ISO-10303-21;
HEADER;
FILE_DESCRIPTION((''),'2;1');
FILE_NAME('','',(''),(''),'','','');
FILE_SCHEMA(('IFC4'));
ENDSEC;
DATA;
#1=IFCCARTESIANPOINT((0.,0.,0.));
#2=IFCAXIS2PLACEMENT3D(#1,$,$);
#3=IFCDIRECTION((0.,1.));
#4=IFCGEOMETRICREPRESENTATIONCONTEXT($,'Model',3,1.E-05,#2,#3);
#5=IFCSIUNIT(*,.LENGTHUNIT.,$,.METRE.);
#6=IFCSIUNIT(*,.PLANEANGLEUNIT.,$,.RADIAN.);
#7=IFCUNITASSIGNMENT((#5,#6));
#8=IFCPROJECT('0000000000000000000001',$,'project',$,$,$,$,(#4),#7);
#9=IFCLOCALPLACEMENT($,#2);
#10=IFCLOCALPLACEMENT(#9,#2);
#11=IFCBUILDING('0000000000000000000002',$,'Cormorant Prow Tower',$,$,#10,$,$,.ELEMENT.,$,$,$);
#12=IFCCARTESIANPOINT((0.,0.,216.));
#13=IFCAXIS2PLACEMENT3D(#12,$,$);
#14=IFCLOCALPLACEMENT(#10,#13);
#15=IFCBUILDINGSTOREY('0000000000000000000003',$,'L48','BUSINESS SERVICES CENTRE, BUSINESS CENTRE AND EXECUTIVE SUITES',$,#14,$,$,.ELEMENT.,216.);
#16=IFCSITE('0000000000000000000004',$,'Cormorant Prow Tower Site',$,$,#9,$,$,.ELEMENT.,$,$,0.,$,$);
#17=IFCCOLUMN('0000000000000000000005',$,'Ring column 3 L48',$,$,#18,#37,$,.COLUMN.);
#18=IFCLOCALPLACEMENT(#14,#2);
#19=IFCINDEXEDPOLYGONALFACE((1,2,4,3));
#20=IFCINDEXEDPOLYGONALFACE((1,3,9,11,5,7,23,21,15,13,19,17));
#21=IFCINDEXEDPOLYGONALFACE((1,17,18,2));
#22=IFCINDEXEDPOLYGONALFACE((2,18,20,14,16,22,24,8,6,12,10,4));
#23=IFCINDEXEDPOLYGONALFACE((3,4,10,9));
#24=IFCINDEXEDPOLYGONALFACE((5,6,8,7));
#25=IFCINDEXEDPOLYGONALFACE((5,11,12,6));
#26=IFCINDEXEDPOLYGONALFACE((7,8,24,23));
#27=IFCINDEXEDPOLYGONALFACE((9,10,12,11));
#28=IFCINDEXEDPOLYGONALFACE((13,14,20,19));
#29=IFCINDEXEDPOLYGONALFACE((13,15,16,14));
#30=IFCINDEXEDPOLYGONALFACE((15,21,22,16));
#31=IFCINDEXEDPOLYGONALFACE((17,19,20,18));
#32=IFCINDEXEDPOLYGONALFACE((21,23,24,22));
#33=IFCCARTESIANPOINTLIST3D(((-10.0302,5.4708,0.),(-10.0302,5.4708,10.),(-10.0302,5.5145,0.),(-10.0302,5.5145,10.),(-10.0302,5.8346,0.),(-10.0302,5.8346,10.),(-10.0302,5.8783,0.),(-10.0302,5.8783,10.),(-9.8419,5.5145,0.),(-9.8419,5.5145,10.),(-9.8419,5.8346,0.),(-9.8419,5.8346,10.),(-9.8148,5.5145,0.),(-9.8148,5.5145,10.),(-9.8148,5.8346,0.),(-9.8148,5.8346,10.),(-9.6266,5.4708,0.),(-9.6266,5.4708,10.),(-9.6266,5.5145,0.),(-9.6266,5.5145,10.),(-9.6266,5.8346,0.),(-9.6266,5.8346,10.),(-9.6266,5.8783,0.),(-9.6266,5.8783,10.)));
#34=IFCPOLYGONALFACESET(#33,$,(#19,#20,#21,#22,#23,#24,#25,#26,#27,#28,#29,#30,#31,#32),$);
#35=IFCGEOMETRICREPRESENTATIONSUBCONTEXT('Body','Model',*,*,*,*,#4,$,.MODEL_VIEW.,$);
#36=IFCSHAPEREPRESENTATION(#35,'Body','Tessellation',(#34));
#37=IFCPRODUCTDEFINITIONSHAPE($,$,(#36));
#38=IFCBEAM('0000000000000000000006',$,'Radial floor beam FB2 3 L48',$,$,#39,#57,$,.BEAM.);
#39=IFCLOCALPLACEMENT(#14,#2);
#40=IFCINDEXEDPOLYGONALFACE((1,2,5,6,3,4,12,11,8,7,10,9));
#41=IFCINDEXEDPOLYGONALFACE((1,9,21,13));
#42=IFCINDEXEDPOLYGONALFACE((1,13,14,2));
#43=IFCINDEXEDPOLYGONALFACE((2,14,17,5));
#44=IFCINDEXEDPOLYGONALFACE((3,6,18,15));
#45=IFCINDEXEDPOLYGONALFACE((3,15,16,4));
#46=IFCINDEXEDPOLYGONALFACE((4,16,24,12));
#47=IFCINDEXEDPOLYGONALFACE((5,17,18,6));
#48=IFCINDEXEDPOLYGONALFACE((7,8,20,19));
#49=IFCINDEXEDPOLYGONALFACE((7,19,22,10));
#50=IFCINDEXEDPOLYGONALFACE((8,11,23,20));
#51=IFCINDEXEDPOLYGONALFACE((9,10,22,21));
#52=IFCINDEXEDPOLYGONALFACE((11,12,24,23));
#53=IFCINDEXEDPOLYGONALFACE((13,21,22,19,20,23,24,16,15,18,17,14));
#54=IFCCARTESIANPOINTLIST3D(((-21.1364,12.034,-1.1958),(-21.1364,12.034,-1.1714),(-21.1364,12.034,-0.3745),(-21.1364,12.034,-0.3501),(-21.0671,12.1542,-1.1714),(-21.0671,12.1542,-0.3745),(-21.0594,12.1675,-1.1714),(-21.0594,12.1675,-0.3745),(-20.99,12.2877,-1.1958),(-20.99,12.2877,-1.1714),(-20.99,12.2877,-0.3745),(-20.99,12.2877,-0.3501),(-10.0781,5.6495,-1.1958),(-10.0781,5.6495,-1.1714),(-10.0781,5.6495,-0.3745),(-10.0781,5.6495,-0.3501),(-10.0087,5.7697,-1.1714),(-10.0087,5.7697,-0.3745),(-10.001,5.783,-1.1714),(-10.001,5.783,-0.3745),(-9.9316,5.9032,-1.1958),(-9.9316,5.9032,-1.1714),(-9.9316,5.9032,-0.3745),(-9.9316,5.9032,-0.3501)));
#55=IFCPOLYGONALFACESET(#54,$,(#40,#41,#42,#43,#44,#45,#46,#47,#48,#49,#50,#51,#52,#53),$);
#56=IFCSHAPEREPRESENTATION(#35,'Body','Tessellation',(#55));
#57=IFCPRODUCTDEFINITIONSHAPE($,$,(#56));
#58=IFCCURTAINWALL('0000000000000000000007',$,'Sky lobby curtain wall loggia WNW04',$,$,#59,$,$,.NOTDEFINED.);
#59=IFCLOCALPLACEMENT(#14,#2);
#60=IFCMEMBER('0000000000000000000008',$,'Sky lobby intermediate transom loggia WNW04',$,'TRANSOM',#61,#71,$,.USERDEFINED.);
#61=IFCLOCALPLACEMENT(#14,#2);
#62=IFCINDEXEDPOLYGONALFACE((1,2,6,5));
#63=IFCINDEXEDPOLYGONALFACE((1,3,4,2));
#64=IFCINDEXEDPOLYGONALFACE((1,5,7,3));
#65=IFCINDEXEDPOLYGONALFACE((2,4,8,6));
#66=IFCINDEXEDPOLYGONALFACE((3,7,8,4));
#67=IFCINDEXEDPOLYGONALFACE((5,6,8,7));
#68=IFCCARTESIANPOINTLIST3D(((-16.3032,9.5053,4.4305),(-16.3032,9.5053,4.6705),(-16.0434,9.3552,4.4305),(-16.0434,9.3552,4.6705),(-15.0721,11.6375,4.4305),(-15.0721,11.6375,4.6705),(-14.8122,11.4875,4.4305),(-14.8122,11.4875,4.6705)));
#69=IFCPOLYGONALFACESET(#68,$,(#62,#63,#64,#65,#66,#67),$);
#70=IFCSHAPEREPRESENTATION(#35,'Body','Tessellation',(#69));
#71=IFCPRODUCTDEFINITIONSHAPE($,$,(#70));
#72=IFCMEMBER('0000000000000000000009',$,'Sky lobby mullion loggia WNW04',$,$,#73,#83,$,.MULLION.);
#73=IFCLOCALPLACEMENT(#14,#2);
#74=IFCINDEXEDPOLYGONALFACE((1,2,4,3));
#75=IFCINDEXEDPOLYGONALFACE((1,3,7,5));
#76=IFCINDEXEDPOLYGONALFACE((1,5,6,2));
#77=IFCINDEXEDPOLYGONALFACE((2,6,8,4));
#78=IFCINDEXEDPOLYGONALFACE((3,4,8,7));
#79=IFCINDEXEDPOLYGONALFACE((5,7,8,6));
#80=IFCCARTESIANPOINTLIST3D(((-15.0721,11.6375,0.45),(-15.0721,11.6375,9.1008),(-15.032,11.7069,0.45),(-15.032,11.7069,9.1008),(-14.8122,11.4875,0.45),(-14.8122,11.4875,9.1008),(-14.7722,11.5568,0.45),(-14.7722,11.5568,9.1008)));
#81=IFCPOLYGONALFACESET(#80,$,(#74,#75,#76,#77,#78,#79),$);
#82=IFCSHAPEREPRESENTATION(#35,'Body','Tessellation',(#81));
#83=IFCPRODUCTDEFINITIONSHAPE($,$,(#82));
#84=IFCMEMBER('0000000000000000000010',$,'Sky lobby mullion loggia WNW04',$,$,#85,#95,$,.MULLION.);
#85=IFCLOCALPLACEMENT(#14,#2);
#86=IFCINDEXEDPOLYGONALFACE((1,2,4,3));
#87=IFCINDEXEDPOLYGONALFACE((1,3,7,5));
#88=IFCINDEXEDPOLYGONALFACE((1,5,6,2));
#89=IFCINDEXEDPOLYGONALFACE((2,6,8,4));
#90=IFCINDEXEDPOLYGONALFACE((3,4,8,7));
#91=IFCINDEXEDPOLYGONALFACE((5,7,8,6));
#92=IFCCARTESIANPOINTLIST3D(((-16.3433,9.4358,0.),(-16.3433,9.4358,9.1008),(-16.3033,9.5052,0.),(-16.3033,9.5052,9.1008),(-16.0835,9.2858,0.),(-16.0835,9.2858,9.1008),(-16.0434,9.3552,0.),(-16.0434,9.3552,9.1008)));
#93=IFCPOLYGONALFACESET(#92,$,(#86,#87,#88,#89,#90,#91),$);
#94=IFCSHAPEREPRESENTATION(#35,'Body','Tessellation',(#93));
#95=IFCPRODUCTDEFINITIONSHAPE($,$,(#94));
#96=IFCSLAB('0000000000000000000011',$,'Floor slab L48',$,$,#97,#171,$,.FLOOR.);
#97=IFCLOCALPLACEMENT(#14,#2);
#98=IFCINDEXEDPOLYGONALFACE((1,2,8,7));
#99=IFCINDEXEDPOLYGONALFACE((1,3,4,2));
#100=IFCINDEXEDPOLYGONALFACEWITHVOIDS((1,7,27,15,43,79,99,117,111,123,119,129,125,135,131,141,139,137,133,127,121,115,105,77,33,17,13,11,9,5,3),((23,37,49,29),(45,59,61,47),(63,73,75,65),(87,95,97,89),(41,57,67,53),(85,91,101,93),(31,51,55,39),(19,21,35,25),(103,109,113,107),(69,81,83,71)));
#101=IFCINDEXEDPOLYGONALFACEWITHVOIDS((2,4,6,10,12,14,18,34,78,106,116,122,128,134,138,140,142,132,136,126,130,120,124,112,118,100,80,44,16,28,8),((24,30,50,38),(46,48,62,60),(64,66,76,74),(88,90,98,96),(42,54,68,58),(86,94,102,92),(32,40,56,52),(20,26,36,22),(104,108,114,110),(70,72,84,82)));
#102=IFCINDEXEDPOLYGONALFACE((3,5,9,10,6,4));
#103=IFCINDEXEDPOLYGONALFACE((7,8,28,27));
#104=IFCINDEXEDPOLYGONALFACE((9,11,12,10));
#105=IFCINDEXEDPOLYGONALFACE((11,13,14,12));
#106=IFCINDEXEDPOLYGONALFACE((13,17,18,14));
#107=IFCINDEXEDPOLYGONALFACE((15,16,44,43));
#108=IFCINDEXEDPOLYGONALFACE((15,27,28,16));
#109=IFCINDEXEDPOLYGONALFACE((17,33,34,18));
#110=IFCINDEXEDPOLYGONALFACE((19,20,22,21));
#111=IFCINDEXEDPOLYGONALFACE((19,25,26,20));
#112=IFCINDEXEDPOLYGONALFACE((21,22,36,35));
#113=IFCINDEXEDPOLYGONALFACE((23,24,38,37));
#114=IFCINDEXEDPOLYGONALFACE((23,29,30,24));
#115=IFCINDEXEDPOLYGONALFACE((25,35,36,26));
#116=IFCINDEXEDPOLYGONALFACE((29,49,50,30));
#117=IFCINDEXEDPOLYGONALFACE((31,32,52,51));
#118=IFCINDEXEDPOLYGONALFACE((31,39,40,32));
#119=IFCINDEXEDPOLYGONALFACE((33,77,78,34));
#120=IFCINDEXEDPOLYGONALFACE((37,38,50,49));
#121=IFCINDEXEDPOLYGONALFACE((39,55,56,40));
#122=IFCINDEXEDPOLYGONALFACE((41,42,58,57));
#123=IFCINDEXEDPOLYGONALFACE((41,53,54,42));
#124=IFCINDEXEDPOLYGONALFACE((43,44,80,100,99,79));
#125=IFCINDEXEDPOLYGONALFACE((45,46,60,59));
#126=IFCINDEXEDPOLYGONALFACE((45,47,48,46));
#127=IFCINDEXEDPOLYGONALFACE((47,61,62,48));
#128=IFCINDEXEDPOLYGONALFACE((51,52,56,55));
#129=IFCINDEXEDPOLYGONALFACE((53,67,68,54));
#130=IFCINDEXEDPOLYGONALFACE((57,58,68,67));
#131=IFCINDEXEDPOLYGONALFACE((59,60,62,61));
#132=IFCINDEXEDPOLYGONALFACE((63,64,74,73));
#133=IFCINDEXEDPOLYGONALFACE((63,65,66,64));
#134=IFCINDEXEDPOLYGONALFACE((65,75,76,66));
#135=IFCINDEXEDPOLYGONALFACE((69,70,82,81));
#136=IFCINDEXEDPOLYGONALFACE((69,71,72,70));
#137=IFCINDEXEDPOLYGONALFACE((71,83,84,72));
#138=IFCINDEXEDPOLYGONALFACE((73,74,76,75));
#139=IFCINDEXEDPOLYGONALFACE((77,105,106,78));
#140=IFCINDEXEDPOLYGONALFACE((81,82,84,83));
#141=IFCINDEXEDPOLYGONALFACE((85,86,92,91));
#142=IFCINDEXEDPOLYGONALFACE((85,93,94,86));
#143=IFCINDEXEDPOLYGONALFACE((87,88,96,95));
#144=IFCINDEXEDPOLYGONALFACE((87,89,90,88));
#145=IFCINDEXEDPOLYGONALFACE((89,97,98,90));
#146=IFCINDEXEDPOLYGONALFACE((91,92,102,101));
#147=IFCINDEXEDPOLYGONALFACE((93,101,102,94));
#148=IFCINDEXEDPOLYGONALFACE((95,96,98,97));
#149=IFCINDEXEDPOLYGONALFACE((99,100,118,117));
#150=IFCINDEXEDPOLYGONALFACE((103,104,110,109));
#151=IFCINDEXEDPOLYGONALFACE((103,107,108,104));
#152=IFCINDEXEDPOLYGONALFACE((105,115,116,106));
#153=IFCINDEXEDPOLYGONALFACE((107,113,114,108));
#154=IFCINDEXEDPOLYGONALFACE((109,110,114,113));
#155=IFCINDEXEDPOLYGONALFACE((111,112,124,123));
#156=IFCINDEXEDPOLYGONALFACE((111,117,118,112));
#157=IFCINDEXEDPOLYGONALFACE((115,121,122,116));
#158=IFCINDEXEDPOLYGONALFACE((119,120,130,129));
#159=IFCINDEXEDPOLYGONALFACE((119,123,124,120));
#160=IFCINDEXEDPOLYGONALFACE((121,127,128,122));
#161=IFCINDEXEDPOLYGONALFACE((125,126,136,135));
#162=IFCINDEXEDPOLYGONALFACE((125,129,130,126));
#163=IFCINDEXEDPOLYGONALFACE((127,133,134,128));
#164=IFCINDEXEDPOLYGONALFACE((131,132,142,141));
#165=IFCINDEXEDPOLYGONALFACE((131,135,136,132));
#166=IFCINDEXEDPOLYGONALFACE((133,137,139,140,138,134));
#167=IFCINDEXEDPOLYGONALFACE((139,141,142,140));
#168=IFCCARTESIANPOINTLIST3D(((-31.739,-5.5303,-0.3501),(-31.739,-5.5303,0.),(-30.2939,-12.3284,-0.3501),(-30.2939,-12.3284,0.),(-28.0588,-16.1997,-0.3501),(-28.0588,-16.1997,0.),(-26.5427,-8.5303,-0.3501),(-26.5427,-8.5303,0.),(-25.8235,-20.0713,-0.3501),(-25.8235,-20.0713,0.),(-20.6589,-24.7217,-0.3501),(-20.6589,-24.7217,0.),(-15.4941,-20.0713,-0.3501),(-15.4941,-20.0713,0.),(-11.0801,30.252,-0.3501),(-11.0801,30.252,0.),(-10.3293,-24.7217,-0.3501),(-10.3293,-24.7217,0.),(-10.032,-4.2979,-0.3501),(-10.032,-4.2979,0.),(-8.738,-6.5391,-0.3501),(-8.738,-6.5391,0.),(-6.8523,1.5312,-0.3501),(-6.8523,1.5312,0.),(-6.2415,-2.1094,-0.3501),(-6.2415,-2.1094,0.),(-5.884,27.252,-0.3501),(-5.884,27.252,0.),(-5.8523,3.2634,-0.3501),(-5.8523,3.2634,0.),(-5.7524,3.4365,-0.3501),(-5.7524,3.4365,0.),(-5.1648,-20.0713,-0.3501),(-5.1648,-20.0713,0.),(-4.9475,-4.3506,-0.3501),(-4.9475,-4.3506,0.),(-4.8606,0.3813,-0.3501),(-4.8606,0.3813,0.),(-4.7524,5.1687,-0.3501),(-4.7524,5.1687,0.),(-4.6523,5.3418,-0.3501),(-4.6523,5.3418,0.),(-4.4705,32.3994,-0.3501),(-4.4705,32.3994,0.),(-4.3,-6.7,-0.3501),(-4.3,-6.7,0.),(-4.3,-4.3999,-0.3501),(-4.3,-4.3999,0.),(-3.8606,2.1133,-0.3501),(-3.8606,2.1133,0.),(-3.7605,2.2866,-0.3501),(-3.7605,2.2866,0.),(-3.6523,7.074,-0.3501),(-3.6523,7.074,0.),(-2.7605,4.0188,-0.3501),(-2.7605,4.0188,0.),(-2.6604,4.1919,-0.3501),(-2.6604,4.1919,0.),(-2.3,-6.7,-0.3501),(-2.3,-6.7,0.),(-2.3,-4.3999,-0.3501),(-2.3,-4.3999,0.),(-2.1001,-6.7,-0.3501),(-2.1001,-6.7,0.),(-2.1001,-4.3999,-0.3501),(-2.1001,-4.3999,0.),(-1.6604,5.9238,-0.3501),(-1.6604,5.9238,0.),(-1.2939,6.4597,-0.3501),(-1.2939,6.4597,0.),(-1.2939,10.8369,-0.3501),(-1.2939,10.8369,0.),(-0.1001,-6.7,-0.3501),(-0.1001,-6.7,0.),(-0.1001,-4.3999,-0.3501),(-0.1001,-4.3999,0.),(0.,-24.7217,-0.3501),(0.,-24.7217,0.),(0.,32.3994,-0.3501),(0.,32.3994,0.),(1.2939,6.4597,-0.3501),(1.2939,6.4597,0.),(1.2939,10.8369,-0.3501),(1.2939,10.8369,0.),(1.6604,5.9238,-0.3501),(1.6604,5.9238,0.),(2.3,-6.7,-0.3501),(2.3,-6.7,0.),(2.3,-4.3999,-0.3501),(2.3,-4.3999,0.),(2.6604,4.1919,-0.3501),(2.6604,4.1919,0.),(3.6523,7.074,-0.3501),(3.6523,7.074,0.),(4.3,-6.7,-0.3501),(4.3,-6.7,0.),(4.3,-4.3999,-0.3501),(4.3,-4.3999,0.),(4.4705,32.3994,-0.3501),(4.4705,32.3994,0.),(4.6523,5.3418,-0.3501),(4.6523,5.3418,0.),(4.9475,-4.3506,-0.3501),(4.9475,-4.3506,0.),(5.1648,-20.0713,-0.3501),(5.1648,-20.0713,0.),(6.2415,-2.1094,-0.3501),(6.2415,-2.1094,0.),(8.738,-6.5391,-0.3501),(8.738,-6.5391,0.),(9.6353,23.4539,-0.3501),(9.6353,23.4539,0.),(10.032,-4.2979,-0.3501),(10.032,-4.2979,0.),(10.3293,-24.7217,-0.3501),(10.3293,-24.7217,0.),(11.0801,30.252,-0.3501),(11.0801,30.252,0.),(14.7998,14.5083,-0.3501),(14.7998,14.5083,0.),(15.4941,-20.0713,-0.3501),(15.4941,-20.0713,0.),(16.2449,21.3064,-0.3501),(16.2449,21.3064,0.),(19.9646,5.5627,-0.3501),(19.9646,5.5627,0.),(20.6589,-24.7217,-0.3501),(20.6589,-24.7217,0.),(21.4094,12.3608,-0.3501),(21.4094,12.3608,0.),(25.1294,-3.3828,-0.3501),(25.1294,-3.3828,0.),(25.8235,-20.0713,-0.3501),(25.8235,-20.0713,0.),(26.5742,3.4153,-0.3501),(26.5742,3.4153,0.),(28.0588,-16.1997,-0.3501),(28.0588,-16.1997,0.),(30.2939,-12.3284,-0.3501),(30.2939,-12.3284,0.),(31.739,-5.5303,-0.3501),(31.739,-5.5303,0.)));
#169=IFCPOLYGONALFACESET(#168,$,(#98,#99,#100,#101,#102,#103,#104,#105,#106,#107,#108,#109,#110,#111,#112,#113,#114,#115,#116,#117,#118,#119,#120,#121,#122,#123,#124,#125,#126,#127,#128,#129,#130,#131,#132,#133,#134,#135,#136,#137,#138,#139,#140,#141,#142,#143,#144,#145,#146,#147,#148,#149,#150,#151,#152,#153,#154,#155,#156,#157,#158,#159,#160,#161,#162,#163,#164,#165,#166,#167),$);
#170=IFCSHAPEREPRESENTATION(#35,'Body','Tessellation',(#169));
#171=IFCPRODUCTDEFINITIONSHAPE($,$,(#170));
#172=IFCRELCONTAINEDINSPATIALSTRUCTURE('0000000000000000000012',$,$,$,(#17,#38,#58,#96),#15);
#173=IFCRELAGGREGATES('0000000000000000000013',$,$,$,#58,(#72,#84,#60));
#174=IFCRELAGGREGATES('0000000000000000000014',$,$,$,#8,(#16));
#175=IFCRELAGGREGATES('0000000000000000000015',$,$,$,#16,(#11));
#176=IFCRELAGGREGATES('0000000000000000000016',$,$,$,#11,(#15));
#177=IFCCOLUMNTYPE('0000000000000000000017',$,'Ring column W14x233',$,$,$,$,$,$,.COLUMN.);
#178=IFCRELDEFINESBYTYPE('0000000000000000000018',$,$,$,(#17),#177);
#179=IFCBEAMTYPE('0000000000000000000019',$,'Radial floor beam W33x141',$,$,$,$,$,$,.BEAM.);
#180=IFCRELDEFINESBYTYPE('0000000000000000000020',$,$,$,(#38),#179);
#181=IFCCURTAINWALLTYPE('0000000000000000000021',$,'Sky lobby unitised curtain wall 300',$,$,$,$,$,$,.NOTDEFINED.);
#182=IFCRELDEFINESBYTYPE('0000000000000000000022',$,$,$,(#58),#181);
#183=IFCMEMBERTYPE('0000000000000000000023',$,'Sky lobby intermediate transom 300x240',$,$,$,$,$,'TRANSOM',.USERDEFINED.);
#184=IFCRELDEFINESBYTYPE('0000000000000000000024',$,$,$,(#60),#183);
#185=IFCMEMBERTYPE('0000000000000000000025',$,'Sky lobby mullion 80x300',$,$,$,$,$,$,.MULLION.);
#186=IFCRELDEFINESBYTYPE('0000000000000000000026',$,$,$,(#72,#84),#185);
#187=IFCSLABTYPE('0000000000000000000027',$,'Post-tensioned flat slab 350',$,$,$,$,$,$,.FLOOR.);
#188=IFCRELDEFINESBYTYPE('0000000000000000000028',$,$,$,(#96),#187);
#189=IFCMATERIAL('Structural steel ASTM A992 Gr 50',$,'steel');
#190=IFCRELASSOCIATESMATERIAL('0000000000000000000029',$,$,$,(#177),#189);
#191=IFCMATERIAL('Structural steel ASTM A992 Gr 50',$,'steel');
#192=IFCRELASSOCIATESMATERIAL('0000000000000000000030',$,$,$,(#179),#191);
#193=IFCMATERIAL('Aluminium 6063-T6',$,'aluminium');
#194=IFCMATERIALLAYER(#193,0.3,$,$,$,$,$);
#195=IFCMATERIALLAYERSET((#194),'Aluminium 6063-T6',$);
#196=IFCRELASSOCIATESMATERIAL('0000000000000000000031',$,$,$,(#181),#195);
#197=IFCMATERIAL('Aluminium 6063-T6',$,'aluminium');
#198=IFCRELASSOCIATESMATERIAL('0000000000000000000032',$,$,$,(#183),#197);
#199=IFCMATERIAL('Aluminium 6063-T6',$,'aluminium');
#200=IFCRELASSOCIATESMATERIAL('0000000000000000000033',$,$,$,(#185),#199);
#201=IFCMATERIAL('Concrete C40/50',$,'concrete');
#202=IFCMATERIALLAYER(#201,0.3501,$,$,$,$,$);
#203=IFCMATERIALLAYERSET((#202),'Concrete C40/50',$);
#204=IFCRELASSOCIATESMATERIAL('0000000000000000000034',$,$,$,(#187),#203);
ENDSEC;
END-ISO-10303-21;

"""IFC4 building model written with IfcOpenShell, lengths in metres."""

from ifc_helpers import new_model, si_unit, direction, frame, origin, origin_2d, place, context, subcontext, project, spatial, polyline, rectangle, i_section, outline, extrude, material, layer, layer_set, material_profile, profile_set, type_object, element, aggregate, save


model = new_model("IFC4")

# Units and contexts
model_context = context("Model", 3, precision=1e-05, world=origin(), true_north=direction((0.0, 1.0)))
body_context = subcontext(model_context, "Body", "Model", "MODEL_VIEW")
ifc_project = project(units=[si_unit("LENGTHUNIT", "METRE"), si_unit("PLANEANGLEUNIT", "RADIAN")], contexts=[model_context])

# Site, building, storey
site_placement = place(None, origin())
site = spatial("IfcSite", under=ifc_project, at=site_placement, Name="Cormorant Prow Tower Site", CompositionType="ELEMENT", RefElevation=0.0)
building_placement = place(site_placement, origin())
building = spatial("IfcBuilding", under=site, at=building_placement, Name="Cormorant Prow Tower", CompositionType="ELEMENT")
storey_placement = place(building_placement, frame((0.0, 0.0, 216.0)))
storey = spatial("IfcBuildingStorey", under=building, at=storey_placement, Name="L48", Description="BUSINESS SERVICES CENTRE, BUSINESS CENTRE AND EXECUTIVE SUITES", CompositionType="ELEMENT", Elevation=216.0)

# Column
ifc_material_1 = material(Name="Structural steel ASTM A992 Gr 50", Category="steel")
ifc_material_profile_1 = material_profile(ifc_material_1, i_section(OverallWidth=0.4036, OverallDepth=0.4075, WebThickness=0.0271, FlangeThickness=0.0437, at=origin_2d()), Name="W14x233")
ifc_profile_set_1 = profile_set([ifc_material_profile_1], Name="Structural steel ASTM A992 Gr 50")
column_type = type_object("IfcColumnType", Name="Ring column W14x233", PredefinedType="COLUMN", material=ifc_profile_set_1)
column_placement = place(storey_placement, frame((-9.8284, 5.6746, 0.0), z_axis=(0.0, 0.0, 1.0), x_axis=(1.0, 0.0, 0.0)))
element("IfcColumn", 1, at=column_placement, inside=storey, type_object=column_type, Name="Ring column 3 L48", PredefinedType="COLUMN", context=body_context, shape_type="SweptSolid", body=[
    extrude(i_section(OverallWidth=0.4036, OverallDepth=0.4075, WebThickness=0.0271, FlangeThickness=0.0437, at=origin_2d()), origin(), (0.0, 0.0, 1.0), 10.0),
])

# Beam
ifc_material_2 = material(Name="Structural steel ASTM A992 Gr 50", Category="steel")
ifc_material_profile_2 = material_profile(ifc_material_2, i_section(OverallWidth=0.293, OverallDepth=0.8457, WebThickness=0.0154, FlangeThickness=0.0244, at=origin_2d()), Name="W33x141")
ifc_profile_set_2 = profile_set([ifc_material_profile_2], Name="Structural steel ASTM A992 Gr 50")
beam_type = type_object("IfcBeamType", Name="Radial floor beam W33x141", PredefinedType="BEAM", material=ifc_profile_set_2)
beam_placement = place(storey_placement, frame((-10.0049, 5.7764, -0.7729), z_axis=(-0.866026, 0.499999, 0.0), x_axis=(-0.499999, -0.866026, 0.0)))
element("IfcBeam", 2, at=beam_placement, inside=storey, type_object=beam_type, Name="Radial floor beam FB2 3 L48", PredefinedType="BEAM", context=body_context, shape_type="SweptSolid", body=[
    extrude(i_section(OverallWidth=0.293, OverallDepth=0.8457, WebThickness=0.0154, FlangeThickness=0.0244, at=origin_2d()), origin(), (0.0, 0.0, 1.0), 12.769),
])

# Curtain wall, members
ifc_material_3 = material(Name="Aluminium 6063-T6", Category="aluminium")
ifc_layer_1 = layer(ifc_material_3, 0.3)
ifc_layer_set_1 = layer_set([ifc_layer_1], Name="Aluminium 6063-T6")
curtain_wall_type = type_object("IfcCurtainWallType", Name="Sky lobby unitised curtain wall 300", PredefinedType="NOTDEFINED", material=ifc_layer_set_1)
curtain_wall_placement = place(storey_placement, origin())
curtain_wall = element("IfcCurtainWall", 3, at=curtain_wall_placement, inside=storey, type_object=curtain_wall_type, Name="Sky lobby curtain wall loggia WNW04", PredefinedType="NOTDEFINED")
ifc_material_4 = material(Name="Aluminium 6063-T6", Category="aluminium")
ifc_material_profile_3 = material_profile(ifc_material_4, rectangle(XDim=0.3, YDim=0.24, at=origin_2d()), Name="Sky lobby intermediate transom 300x240")
ifc_profile_set_3 = profile_set([ifc_material_profile_3], Name="Aluminium 6063-T6")
member_type_1 = type_object("IfcMemberType", Name="Sky lobby intermediate transom 300x240", ElementType="TRANSOM", PredefinedType="USERDEFINED", material=ifc_profile_set_3)
member_1_placement = place(storey_placement, frame((-14.9421, 11.5625, 4.5505), z_axis=(-0.500031, -0.866007, 0.0), x_axis=(0.866007, -0.500031, 0.0)))
member_1 = element("IfcMember", 4, at=member_1_placement, type_object=member_type_1, Name="Sky lobby intermediate transom loggia WNW04", ObjectType="TRANSOM", PredefinedType="USERDEFINED", context=body_context, shape_type="SweptSolid", body=[
    extrude(rectangle(XDim=0.3, YDim=0.24, at=origin_2d()), origin(), (0.0, 0.0, 1.0), 2.4622),
])
ifc_material_5 = material(Name="Aluminium 6063-T6", Category="aluminium")
ifc_material_profile_4 = material_profile(ifc_material_5, rectangle(XDim=0.3, YDim=0.0801, at=origin_2d()), Name="Sky lobby mullion 80x300")
ifc_profile_set_4 = profile_set([ifc_material_profile_4], Name="Aluminium 6063-T6")
member_type_2 = type_object("IfcMemberType", Name="Sky lobby mullion 80x300", PredefinedType="MULLION", material=ifc_profile_set_4)
member_2_placement = place(storey_placement, frame((-14.9221, 11.5972, 0.45), z_axis=(0.0, 0.0, 1.0), x_axis=(0.866025, -0.5, 0.0)))
member_2 = element("IfcMember", 5, at=member_2_placement, type_object=member_type_2, Name="Sky lobby mullion loggia WNW04", PredefinedType="MULLION", context=body_context, shape_type="SweptSolid", body=[
    extrude(rectangle(XDim=0.3, YDim=0.0801, at=origin_2d()), origin(), (0.0, 0.0, 1.0), 8.6509),
])
member_3_placement = place(storey_placement, frame((-16.1934, 9.3955, 0.0), z_axis=(0.0, 0.0, 1.0), x_axis=(0.866025, -0.5, 0.0)))
member_3 = element("IfcMember", 6, at=member_3_placement, type_object=member_type_2, Name="Sky lobby mullion loggia WNW04", PredefinedType="MULLION", context=body_context, shape_type="SweptSolid", body=[
    extrude(rectangle(XDim=0.3, YDim=0.0801, at=origin_2d()), origin(), (0.0, 0.0, 1.0), 9.1008),
])

# Slab
ifc_material_6 = material(Name="Concrete C40/50", Category="concrete")
ifc_layer_2 = layer(ifc_material_6, 0.3501)
ifc_layer_set_2 = layer_set([ifc_layer_2], Name="Concrete C40/50")
slab_type = type_object("IfcSlabType", Name="Post-tensioned flat slab 350", PredefinedType="FLOOR", material=ifc_layer_set_2)
slab_placement = place(storey_placement, frame((0.0, 0.0, -0.3501)))
element("IfcSlab", 7, at=slab_placement, inside=storey, type_object=slab_type, Name="Floor slab L48", PredefinedType="FLOOR", context=body_context, shape_type="SweptSolid", body=[
    extrude(outline(polyline([(25.1294, -3.3828), (26.5742, 3.4153), (19.9646, 5.5627), (21.4094, 12.3608), (14.7998, 14.5083), (16.2449, 21.3064), (9.6353, 23.4539), (11.0801, 30.252), (4.4705, 32.3994), (0.0, 32.3994), (-4.4705, 32.3994), (-11.0801, 30.252), (-5.884, 27.252), (-26.5427, -8.5303), (-31.739, -5.5303), (-30.2939, -12.3284), (-28.0588, -16.1997), (-25.8235, -20.0713), (-20.6589, -24.7217), (-15.4941, -20.0713), (-10.3293, -24.7217), (-5.1648, -20.0713), (0.0, -24.7217), (5.1648, -20.0713), (10.3293, -24.7217), (15.4941, -20.0713), (20.6589, -24.7217), (25.8235, -20.0713), (28.0588, -16.1997), (30.2939, -12.3284), (31.739, -5.5303), (25.1294, -3.3828)]), holes=[polyline([(-4.3, -4.3999), (-2.3, -4.3999), (-2.3, -6.7), (-4.3, -6.7), (-4.3, -4.3999)]), polyline([(-0.1001, -4.3999), (-0.1001, -6.7), (-2.1001, -6.7), (-2.1001, -4.3999), (-0.1001, -4.3999)]), polyline([(4.3, -6.7), (2.3, -6.7), (2.3, -4.3999), (4.3, -4.3999), (4.3, -6.7)]), polyline([(4.6523, 5.3418), (2.6604, 4.1919), (1.6604, 5.9238), (3.6523, 7.074), (4.6523, 5.3418)]), polyline([(-1.6604, 5.9238), (-2.6604, 4.1919), (-4.6523, 5.3418), (-3.6523, 7.074), (-1.6604, 5.9238)]), polyline([(-3.7605, 2.2866), (-5.7524, 3.4365), (-4.7524, 5.1687), (-2.7605, 4.0188), (-3.7605, 2.2866)]), polyline([(-6.8523, 1.5312), (-5.8523, 3.2634), (-3.8606, 2.1133), (-4.8606, 0.3813), (-6.8523, 1.5312)]), polyline([(-4.9475, -4.3506), (-8.738, -6.5391), (-10.032, -4.2979), (-6.2415, -2.1094), (-4.9475, -4.3506)]), polyline([(10.032, -4.2979), (8.738, -6.5391), (4.9475, -4.3506), (6.2415, -2.1094), (10.032, -4.2979)]), polyline([(1.2939, 10.8369), (1.2939, 6.4597), (-1.2939, 6.4597), (-1.2939, 10.8369), (1.2939, 10.8369)])]), origin(), (0.0, 0.0, 1.0), 0.3501),
])

aggregate(curtain_wall, [member_2, member_3, member_1])

save(model, "model.ifc")
